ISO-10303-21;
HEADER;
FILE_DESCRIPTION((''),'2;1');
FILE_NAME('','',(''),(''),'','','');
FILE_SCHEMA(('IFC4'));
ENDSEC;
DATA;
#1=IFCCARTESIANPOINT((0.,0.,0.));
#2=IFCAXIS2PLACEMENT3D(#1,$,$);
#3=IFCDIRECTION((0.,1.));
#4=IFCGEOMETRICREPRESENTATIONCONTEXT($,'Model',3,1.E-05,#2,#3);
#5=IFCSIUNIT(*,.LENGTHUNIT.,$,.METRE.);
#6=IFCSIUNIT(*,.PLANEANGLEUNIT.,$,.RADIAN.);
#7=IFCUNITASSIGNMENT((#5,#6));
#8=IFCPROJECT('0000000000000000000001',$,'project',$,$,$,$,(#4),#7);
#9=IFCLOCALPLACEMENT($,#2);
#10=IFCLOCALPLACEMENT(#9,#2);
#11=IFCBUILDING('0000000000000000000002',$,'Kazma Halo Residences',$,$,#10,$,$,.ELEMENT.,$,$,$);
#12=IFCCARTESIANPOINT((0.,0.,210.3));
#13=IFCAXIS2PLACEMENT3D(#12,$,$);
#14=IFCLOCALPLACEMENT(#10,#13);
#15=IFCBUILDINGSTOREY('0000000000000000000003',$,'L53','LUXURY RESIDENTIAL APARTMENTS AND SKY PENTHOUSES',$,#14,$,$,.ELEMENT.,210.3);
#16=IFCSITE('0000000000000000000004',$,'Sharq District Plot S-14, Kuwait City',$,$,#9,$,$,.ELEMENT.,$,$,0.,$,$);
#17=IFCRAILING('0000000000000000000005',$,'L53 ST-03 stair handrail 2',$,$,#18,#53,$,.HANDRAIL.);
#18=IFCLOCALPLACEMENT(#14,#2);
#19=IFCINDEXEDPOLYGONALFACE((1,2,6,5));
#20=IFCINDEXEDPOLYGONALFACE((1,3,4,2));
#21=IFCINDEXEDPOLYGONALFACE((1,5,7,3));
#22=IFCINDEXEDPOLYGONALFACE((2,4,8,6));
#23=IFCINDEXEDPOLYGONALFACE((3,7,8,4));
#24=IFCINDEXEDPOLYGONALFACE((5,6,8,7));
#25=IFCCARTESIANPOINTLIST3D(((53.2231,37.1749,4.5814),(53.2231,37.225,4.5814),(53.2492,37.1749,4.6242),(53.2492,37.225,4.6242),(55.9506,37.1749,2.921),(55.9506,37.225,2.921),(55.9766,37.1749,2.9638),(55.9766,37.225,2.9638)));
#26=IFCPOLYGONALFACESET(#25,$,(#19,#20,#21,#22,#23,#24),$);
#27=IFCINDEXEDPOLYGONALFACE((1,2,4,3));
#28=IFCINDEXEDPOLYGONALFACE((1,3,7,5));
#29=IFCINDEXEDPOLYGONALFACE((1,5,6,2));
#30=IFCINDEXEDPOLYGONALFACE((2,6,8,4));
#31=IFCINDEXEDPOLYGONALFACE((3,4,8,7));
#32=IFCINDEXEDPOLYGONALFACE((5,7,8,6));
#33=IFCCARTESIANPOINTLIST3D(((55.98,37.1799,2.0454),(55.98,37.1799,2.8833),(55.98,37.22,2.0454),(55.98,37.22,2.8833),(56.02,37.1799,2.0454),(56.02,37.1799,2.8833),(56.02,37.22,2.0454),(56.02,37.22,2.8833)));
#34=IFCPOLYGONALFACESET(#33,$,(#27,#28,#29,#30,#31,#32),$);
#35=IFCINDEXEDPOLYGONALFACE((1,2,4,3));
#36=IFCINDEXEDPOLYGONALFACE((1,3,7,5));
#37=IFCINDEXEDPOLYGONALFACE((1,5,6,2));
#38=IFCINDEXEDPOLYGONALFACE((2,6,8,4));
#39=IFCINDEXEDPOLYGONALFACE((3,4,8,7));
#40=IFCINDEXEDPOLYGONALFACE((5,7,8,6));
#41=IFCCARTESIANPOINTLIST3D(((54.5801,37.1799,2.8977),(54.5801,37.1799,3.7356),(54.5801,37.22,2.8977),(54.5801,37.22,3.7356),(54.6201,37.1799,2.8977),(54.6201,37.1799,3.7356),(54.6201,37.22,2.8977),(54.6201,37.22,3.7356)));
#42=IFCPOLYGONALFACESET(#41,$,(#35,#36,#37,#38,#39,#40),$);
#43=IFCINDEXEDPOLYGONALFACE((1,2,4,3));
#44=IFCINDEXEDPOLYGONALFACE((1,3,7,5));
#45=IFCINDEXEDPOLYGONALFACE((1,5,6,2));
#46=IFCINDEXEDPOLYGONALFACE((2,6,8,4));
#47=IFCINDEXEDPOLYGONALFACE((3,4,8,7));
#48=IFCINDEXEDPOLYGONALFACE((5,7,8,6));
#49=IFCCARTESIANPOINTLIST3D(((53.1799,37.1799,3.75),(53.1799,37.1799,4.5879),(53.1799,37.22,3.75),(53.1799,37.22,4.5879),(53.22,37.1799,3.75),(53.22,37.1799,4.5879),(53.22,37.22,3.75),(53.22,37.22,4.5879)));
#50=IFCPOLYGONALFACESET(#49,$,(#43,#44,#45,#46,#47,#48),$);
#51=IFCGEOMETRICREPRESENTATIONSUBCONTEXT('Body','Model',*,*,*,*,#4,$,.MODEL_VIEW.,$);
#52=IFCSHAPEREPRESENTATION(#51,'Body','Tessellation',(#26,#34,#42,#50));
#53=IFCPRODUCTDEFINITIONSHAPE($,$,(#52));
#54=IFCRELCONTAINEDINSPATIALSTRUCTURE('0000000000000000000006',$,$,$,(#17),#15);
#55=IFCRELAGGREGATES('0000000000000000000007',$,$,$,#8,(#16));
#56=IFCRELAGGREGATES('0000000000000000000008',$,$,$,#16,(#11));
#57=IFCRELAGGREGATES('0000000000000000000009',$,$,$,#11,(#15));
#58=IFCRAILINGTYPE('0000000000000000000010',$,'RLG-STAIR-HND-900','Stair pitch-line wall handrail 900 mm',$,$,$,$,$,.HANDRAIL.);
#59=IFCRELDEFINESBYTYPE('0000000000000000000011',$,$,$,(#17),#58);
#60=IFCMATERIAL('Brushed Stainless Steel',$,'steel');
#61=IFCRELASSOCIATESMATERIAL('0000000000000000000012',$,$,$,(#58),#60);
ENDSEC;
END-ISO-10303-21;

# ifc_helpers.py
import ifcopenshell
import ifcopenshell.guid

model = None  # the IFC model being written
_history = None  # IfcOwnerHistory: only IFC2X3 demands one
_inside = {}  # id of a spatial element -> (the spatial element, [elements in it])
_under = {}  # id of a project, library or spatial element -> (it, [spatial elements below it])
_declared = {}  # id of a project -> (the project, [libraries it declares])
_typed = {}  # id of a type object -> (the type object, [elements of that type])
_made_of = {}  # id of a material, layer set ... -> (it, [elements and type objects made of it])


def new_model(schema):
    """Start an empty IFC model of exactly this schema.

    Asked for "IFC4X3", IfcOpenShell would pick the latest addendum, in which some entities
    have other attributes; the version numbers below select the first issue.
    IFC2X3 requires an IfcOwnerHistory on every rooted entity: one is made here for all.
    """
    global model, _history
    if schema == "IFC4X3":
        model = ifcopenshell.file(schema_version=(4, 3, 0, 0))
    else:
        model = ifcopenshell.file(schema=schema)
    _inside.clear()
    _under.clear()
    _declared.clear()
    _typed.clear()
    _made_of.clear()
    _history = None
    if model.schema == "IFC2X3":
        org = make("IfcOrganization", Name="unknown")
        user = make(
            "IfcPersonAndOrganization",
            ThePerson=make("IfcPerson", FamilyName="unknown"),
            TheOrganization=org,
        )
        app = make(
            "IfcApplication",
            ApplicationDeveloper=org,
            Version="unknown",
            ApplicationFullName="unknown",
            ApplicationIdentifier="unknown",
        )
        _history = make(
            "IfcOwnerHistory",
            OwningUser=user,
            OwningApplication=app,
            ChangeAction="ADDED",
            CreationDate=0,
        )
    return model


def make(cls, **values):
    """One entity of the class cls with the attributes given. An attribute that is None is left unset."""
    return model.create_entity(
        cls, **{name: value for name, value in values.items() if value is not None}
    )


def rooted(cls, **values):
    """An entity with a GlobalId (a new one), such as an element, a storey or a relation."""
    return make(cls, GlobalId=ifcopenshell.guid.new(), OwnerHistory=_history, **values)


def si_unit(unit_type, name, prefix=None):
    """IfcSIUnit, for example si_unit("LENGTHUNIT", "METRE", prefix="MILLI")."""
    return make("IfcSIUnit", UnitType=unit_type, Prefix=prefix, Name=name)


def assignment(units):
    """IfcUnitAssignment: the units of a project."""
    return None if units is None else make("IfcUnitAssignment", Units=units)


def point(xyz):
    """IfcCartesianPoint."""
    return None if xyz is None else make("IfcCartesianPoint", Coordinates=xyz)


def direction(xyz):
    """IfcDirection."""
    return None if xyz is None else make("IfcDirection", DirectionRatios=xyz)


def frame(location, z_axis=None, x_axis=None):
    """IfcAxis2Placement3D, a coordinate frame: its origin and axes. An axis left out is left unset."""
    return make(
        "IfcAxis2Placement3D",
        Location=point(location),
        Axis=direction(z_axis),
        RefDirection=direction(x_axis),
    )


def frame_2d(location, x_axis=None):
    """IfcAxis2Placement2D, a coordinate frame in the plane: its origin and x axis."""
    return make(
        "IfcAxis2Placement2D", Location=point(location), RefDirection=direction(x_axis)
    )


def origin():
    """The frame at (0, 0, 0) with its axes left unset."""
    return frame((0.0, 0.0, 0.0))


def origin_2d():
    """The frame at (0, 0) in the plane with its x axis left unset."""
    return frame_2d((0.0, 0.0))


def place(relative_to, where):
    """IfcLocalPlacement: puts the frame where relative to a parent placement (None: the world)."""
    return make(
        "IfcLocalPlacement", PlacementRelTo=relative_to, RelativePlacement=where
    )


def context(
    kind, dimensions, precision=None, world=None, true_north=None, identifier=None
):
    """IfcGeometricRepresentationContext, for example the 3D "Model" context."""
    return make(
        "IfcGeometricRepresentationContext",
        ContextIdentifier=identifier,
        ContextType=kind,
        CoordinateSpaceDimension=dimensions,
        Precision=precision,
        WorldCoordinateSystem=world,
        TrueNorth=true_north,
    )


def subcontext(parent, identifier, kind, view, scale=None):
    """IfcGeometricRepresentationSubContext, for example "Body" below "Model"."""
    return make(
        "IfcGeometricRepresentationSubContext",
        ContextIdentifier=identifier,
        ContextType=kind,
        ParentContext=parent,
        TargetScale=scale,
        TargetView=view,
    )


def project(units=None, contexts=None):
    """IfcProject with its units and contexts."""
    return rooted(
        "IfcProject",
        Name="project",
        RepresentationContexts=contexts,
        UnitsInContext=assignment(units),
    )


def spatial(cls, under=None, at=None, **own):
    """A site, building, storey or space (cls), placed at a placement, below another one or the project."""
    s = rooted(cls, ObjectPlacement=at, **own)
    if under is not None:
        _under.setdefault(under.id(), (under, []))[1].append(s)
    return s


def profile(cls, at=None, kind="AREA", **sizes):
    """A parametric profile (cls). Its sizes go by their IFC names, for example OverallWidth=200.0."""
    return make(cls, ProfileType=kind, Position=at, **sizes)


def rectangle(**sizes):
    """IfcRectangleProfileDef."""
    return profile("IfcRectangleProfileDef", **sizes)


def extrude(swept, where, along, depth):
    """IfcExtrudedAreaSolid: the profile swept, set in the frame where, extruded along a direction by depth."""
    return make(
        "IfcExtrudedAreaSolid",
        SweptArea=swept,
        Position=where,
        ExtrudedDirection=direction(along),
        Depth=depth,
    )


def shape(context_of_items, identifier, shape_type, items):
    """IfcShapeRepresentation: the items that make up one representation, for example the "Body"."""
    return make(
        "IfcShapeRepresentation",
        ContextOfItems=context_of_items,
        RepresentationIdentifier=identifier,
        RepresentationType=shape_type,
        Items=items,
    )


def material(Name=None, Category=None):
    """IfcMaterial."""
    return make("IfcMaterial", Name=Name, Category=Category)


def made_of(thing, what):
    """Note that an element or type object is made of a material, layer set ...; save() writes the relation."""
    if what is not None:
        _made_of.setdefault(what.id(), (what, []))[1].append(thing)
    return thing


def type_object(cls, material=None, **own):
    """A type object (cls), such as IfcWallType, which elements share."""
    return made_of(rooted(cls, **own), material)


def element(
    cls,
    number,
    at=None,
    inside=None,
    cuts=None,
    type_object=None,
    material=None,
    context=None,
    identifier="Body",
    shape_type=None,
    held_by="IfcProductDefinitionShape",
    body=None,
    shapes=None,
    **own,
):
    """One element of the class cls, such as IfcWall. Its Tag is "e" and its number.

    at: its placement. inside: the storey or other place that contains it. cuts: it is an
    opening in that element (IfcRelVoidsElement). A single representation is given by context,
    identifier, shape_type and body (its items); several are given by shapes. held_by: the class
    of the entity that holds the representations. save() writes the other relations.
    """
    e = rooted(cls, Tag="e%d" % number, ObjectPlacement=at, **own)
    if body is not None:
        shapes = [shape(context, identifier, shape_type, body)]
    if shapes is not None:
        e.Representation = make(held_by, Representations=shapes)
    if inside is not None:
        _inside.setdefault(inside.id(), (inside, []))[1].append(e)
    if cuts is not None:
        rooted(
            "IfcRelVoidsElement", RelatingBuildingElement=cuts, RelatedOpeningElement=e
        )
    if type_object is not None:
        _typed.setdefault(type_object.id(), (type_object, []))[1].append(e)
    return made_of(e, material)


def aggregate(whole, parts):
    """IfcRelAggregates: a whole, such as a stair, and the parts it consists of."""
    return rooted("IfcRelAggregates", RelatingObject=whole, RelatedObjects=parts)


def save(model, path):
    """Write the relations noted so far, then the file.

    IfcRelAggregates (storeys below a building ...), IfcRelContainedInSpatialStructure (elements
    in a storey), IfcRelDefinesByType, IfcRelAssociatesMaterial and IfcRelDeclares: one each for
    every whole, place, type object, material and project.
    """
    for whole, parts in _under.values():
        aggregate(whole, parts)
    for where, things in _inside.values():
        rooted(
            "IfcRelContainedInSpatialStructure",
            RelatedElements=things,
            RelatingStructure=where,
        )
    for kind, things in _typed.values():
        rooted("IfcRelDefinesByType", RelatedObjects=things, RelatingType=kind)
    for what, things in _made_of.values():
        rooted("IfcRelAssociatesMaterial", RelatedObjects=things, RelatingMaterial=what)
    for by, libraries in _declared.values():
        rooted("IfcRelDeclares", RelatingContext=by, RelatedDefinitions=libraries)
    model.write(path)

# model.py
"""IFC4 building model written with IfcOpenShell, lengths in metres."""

from ifc_helpers import new_model, si_unit, direction, frame, origin, origin_2d, place, context, subcontext, project, spatial, rectangle, extrude, material, type_object, element, save


model = new_model("IFC4")

# Units and contexts
model_context = context("Model", 3, precision=1e-05, world=origin(), true_north=direction((0.0, 1.0)))
body_context = subcontext(model_context, "Body", "Model", "MODEL_VIEW")
ifc_project = project(units=[si_unit("LENGTHUNIT", "METRE"), si_unit("PLANEANGLEUNIT", "RADIAN")], contexts=[model_context])

# Site, building, storey
site_placement = place(None, origin())
site = spatial("IfcSite", under=ifc_project, at=site_placement, Name="Sharq District Plot S-14, Kuwait City", CompositionType="ELEMENT", RefElevation=0.0)
building_placement = place(site_placement, origin())
building = spatial("IfcBuilding", under=site, at=building_placement, Name="Kazma Halo Residences", CompositionType="ELEMENT")
storey_placement = place(building_placement, frame((0.0, 0.0, 210.3)))
storey = spatial("IfcBuildingStorey", under=building, at=storey_placement, Name="L53", Description="LUXURY RESIDENTIAL APARTMENTS AND SKY PENTHOUSES", CompositionType="ELEMENT", Elevation=210.3)

# Railing
ifc_material_1 = material(Name="Brushed Stainless Steel", Category="steel")
railing_type_1 = type_object("IfcRailingType", Name="RLG-STAIR-HND-900", Description="Stair pitch-line wall handrail 900 mm", PredefinedType="HANDRAIL", material=ifc_material_1)
railing_1_placement = place(storey_placement, frame((56.0, 37.2, 2.0454)))
element("IfcRailing", 1, at=railing_1_placement, inside=storey, type_object=railing_type_1, Name="L53 ST-03 stair handrail 2", PredefinedType="HANDRAIL", context=body_context, shape_type="SweptSolid", body=[
    extrude(rectangle(XDim=0.05, YDim=0.05, at=origin_2d()), frame((-0.0364, 0.0, 0.897), z_axis=(-0.85417, 0.0, 0.519994), x_axis=(0.0, -1.0, 0.0)), (0.0, 0.0, 1.0), 3.1931),
    extrude(rectangle(XDim=0.04, YDim=0.04, at=origin_2d()), origin(), (0.0, 0.0, 1.0), 0.8379),
    extrude(rectangle(XDim=0.04, YDim=0.04, at=origin_2d()), frame((-1.3999, 0.0, 0.8523)), (0.0, 0.0, 1.0), 0.8379),
    extrude(rectangle(XDim=0.04, YDim=0.04, at=origin_2d()), frame((-2.8, 0.0, 1.7046)), (0.0, 0.0, 1.0), 0.8379),
])

save(model, "model.ifc")
